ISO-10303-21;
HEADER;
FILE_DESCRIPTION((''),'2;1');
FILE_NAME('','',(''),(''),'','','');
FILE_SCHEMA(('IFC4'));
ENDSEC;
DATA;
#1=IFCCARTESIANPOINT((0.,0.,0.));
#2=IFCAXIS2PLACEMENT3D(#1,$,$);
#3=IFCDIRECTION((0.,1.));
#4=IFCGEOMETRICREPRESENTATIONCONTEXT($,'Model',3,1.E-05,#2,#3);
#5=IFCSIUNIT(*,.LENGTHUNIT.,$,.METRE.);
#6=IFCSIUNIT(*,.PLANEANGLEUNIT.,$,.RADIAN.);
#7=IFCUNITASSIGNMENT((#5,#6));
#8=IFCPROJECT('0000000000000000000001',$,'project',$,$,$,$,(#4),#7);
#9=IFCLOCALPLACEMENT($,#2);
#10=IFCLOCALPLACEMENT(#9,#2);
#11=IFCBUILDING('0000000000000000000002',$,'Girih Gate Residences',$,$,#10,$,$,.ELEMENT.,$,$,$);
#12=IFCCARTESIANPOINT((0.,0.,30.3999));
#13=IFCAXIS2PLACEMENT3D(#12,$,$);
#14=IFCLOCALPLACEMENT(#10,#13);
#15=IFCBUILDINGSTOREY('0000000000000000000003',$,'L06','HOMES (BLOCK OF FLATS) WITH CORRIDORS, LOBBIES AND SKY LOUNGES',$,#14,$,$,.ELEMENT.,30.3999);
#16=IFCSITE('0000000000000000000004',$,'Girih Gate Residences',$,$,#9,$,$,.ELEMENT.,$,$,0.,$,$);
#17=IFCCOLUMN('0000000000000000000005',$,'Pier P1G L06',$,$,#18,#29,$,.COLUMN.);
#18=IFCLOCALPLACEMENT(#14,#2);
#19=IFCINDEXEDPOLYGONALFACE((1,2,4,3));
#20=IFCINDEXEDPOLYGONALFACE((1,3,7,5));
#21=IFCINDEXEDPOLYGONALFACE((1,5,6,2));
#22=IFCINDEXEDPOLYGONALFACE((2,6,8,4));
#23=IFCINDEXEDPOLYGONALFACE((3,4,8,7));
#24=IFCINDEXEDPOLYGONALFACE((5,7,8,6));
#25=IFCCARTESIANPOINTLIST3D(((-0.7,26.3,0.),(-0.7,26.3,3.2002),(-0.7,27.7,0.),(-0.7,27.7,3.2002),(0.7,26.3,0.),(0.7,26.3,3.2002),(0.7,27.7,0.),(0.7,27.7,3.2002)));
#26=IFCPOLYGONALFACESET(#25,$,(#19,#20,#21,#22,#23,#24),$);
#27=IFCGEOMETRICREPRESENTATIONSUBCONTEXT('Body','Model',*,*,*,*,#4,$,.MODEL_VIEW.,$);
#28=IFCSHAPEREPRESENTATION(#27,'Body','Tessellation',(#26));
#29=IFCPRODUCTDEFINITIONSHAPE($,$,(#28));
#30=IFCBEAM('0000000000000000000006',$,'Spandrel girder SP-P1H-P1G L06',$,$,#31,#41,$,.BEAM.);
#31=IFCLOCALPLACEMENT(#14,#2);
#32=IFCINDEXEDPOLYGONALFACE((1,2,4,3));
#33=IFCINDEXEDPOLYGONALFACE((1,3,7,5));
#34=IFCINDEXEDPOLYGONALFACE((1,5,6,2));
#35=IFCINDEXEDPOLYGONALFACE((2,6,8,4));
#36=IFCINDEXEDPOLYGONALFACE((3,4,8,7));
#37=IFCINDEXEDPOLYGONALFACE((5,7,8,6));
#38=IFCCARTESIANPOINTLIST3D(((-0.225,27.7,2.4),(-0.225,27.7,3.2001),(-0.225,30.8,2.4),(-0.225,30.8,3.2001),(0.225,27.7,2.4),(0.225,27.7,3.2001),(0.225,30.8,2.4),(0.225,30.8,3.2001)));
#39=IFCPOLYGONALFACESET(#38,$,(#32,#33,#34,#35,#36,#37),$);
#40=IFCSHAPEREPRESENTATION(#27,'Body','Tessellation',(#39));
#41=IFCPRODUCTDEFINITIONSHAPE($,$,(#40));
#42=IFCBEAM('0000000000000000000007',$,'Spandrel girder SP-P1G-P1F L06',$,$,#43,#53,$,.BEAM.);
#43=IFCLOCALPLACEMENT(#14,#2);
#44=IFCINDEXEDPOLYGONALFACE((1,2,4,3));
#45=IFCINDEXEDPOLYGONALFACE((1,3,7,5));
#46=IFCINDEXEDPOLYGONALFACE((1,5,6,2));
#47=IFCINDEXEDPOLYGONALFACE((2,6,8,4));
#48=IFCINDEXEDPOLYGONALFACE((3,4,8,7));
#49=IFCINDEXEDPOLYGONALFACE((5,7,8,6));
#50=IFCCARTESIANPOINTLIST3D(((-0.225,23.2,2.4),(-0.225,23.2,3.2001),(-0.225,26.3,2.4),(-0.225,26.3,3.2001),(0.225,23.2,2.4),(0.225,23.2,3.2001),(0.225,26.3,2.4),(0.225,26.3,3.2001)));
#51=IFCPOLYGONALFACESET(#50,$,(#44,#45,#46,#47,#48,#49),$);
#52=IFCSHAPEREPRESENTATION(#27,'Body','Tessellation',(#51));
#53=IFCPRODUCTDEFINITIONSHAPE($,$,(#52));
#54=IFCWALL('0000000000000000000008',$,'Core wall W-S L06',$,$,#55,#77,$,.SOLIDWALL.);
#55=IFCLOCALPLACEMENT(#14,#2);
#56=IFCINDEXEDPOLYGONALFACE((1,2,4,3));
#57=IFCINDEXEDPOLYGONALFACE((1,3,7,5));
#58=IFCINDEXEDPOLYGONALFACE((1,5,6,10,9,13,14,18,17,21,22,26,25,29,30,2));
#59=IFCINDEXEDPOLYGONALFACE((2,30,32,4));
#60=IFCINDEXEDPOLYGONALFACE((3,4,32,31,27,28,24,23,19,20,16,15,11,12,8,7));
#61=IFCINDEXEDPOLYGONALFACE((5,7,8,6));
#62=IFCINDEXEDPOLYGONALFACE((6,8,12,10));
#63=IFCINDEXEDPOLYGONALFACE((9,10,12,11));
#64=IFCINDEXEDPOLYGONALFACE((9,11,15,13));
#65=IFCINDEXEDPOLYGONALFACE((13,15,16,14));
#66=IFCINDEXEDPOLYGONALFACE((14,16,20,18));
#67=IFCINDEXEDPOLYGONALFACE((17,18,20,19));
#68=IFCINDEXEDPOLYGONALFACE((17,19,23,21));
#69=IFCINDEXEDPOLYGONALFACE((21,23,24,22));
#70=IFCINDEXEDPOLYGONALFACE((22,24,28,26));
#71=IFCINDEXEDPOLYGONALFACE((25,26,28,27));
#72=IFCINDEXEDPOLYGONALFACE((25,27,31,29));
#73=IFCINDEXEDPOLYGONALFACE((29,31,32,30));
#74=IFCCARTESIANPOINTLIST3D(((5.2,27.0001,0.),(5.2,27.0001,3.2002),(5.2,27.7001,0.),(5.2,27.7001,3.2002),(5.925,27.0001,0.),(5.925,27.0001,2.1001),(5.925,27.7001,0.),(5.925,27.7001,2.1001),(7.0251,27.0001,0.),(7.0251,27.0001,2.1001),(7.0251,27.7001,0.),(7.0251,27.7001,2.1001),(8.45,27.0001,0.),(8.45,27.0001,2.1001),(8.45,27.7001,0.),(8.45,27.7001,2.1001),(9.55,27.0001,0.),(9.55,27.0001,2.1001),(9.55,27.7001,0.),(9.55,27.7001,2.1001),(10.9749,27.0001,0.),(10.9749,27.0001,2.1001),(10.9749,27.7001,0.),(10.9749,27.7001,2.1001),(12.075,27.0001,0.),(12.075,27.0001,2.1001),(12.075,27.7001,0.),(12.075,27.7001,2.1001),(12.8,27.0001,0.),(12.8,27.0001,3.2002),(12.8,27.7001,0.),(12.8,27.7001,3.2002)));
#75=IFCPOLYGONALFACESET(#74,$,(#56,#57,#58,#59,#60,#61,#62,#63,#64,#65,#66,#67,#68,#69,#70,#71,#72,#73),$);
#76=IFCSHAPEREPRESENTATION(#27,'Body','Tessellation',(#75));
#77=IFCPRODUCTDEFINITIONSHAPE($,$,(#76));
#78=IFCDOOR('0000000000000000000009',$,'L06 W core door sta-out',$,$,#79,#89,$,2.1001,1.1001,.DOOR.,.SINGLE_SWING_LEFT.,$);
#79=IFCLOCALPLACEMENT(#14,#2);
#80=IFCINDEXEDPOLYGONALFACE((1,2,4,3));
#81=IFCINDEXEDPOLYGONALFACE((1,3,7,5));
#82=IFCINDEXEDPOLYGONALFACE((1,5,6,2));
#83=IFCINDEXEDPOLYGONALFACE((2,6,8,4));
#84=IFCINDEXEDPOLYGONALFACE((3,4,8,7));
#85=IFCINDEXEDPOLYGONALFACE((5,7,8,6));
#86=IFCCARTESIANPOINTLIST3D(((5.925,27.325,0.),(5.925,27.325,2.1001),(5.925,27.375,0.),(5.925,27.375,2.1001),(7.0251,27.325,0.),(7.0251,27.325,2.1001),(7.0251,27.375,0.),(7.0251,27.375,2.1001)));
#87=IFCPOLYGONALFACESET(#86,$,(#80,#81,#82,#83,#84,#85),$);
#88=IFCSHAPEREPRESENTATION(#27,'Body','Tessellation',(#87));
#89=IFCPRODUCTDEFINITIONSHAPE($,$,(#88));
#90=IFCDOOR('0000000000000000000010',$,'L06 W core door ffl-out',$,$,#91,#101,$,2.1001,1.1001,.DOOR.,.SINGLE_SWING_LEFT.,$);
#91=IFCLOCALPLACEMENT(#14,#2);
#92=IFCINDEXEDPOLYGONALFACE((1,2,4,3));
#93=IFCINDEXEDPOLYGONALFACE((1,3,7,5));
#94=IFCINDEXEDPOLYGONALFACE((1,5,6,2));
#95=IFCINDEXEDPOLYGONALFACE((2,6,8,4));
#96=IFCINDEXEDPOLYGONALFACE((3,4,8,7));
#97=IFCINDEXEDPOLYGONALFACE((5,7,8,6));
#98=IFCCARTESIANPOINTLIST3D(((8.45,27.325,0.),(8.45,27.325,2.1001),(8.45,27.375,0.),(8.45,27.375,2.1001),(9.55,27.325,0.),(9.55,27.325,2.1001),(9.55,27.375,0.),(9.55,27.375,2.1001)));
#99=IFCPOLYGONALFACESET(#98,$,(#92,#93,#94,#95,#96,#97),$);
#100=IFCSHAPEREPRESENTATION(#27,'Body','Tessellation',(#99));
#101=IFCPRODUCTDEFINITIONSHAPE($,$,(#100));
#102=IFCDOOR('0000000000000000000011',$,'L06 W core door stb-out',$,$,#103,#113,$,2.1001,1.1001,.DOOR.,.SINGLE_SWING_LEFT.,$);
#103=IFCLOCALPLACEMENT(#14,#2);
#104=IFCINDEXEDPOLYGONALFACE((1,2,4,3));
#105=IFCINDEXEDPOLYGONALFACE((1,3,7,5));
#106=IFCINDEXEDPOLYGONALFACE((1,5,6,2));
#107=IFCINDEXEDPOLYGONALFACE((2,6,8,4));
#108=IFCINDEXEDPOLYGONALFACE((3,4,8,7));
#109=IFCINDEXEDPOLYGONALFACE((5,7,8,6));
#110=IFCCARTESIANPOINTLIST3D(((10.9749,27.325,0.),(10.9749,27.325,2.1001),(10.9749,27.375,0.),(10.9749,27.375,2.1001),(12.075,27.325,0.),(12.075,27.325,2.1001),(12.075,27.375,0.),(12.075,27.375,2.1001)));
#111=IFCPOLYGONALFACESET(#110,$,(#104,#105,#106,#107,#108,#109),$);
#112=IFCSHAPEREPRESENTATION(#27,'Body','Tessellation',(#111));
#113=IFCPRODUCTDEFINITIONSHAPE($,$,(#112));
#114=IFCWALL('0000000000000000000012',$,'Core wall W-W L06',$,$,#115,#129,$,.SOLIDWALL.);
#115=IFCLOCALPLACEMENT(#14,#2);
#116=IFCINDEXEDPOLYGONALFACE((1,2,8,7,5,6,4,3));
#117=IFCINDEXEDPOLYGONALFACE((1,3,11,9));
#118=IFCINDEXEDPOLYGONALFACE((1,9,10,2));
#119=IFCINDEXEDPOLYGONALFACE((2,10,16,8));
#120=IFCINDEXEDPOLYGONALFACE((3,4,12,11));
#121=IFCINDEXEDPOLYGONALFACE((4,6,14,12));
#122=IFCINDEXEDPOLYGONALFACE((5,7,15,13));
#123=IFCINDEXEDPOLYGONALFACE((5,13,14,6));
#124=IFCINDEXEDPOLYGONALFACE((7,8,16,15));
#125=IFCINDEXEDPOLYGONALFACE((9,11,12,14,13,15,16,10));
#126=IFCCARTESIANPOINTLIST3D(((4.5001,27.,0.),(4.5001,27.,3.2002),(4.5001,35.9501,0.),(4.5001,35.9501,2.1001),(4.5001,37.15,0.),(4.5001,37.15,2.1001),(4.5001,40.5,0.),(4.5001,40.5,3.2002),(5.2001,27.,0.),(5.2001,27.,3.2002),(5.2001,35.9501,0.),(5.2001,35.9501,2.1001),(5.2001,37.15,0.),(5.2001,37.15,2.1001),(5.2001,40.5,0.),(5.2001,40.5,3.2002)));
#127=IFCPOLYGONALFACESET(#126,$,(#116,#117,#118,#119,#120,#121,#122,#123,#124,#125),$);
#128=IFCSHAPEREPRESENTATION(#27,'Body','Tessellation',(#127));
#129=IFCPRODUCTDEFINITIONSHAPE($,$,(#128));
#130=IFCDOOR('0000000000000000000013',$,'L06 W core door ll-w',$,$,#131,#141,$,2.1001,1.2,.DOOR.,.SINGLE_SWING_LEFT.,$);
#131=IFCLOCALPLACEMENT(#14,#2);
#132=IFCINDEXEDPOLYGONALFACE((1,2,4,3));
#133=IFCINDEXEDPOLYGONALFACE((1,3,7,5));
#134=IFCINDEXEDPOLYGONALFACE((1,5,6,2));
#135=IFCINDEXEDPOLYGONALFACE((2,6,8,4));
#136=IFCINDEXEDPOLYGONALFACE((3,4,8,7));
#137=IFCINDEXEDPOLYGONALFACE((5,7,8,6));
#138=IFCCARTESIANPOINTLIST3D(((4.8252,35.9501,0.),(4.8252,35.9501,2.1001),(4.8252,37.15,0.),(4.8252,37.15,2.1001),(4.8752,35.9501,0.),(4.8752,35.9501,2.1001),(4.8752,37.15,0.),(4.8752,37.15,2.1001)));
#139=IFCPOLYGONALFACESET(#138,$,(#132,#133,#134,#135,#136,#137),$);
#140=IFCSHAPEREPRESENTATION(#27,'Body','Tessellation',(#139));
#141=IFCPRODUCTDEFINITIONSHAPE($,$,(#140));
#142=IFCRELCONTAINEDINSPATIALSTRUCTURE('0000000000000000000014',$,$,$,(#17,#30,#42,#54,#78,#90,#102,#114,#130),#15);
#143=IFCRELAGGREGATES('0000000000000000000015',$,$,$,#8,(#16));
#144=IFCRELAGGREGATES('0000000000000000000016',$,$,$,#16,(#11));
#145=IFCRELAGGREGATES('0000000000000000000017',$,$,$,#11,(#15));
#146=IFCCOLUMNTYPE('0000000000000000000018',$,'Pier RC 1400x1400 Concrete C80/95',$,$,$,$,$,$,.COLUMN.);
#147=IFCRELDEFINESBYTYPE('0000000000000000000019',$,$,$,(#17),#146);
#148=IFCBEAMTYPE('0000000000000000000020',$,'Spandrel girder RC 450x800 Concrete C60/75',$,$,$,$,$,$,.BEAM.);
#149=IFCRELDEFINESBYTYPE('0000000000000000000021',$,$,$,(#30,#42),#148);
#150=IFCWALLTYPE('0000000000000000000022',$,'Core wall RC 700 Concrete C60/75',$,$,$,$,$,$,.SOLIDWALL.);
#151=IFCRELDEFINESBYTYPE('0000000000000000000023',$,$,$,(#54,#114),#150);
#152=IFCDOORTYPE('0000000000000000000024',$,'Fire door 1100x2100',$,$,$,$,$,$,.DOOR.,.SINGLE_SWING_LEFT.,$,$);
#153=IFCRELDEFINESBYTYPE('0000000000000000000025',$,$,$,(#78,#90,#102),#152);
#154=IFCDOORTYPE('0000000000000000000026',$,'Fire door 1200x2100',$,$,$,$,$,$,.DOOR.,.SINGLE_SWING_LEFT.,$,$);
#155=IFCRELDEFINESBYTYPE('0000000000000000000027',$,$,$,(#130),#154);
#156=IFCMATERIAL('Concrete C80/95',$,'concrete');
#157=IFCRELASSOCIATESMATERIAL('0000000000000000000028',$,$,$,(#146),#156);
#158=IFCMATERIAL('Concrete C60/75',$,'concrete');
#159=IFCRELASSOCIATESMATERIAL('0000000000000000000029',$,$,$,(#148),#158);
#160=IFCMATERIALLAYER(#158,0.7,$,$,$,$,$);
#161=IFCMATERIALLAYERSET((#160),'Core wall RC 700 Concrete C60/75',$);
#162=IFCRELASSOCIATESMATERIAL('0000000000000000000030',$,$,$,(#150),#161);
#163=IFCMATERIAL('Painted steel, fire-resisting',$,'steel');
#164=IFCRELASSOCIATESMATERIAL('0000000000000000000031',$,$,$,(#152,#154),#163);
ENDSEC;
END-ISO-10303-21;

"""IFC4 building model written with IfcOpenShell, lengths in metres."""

from ifc_helpers import new_model, si_unit, direction, frame, frame_2d, origin, origin_2d, place, context, subcontext, project, spatial, rectangle, extrude, material, layer, layer_set, material_profile, profile_set, type_object, element, fill, save


model = new_model("IFC4")

# Units and contexts
model_context = context("Model", 3, precision=1e-05, world=origin(), true_north=direction((0.0, 1.0)))
body_context = subcontext(model_context, "Body", "Model", "MODEL_VIEW")
ifc_project = project(units=[si_unit("LENGTHUNIT", "METRE"), si_unit("PLANEANGLEUNIT", "RADIAN")], contexts=[model_context])

# Site, building, storey
site_placement = place(None, origin())
site = spatial("IfcSite", under=ifc_project, at=site_placement, Name="Girih Gate Residences", CompositionType="ELEMENT", RefElevation=0.0)
building_placement = place(site_placement, origin())
building = spatial("IfcBuilding", under=site, at=building_placement, Name="Girih Gate Residences", CompositionType="ELEMENT")
storey_placement = place(building_placement, frame((0.0, 0.0, 30.3999)))
storey = spatial("IfcBuildingStorey", under=building, at=storey_placement, Name="L06", Description="HOMES (BLOCK OF FLATS) WITH CORRIDORS, LOBBIES AND SKY LOUNGES", CompositionType="ELEMENT", Elevation=30.3999)

# Column
ifc_material_1 = material(Name="Concrete C80/95", Category="concrete")
ifc_material_profile_1 = material_profile(ifc_material_1, rectangle(XDim=1.3999, YDim=1.3999, at=origin_2d()))
ifc_profile_set_1 = profile_set([ifc_material_profile_1], Name="Concrete C80/95")
column_type = type_object("IfcColumnType", Name="Pier RC 1400x1400 Concrete C80/95", PredefinedType="COLUMN", material=ifc_profile_set_1)
column_placement = place(storey_placement, frame((0.0, 27.0, 0.0), z_axis=(0.0, 0.0, 1.0), x_axis=(1.0, 0.0, 0.0)))
element("IfcColumn", 1, at=column_placement, inside=storey, type_object=column_type, Name="Pier P1G L06", PredefinedType="COLUMN", context=body_context, shape_type="SweptSolid", body=[
    extrude(rectangle(XDim=1.3999, YDim=1.3999, at=origin_2d()), origin(), (0.0, 0.0, 1.0), 3.2002),
])

# Beams
ifc_material_2 = material(Name="Concrete C60/75", Category="concrete")
ifc_material_profile_2 = material_profile(ifc_material_2, rectangle(XDim=0.45, YDim=0.8, at=origin_2d()))
ifc_profile_set_2 = profile_set([ifc_material_profile_2], Name="Concrete C60/75")
beam_type = type_object("IfcBeamType", Name="Spandrel girder RC 450x800 Concrete C60/75", PredefinedType="BEAM", material=ifc_profile_set_2)
for number, where, z_axis, x_axis, name in (
    (2, (0.0, 30.8, 2.8), (0.0, -1.0, 0.0), (1.0, 0.0, 0.0), "Spandrel girder SP-P1H-P1G L06"),
    (3, (0.0, 26.3, 2.8), (0.0, -1.0, 0.0), (1.0, 0.0, 0.0), "Spandrel girder SP-P1G-P1F L06"),
):
    element("IfcBeam", number, at=place(storey_placement, frame(where, z_axis=z_axis, x_axis=x_axis)), inside=storey, type_object=beam_type, Name=name, PredefinedType="BEAM", context=body_context, shape_type="SweptSolid", body=[
        extrude(rectangle(XDim=0.45, YDim=0.8, at=origin_2d()), origin(), (0.0, 0.0, 1.0), 3.1001),
    ])

# Wall, openings, doors
ifc_layer_1 = layer(ifc_material_2, 0.7)
ifc_layer_set_1 = layer_set([ifc_layer_1], Name="Core wall RC 700 Concrete C60/75")
wall_type_1 = type_object("IfcWallType", Name="Core wall RC 700 Concrete C60/75", PredefinedType="SOLIDWALL", material=ifc_layer_set_1)
wall_1_placement = place(storey_placement, frame((5.2, 27.3501, 0.0), z_axis=(0.0, 0.0, 1.0), x_axis=(1.0, 0.0, 0.0)))
wall_1 = element("IfcWall", 4, at=wall_1_placement, inside=storey, type_object=wall_type_1, Name="Core wall W-S L06", PredefinedType="SOLIDWALL", context=body_context, shape_type="SweptSolid", body=[
    extrude(rectangle(XDim=7.6001, YDim=0.7, at=frame_2d((3.8, 0.0))), origin(), (0.0, 0.0, 1.0), 3.2002),
])
opening_1_placement = place(wall_1_placement, frame((0.7251, 0.0, 0.0)))
opening_1 = element("IfcOpeningElement", 5, at=opening_1_placement, cuts=wall_1, PredefinedType="OPENING", context=body_context, shape_type="SweptSolid", body=[
    extrude(rectangle(XDim=1.1001, YDim=2.1001, at=frame_2d((0.55, 1.05))), frame((0.0, 0.3599, 0.0), z_axis=(0.0, -1.0, 0.0), x_axis=(1.0, 0.0, 0.0)), (0.0, 0.0, 1.0), 0.72),
])
opening_2_placement = place(wall_1_placement, frame((3.25, 0.0, 0.0)))
opening_2 = element("IfcOpeningElement", 6, at=opening_2_placement, cuts=wall_1, PredefinedType="OPENING", context=body_context, shape_type="SweptSolid", body=[
    extrude(rectangle(XDim=1.1001, YDim=2.1001, at=frame_2d((0.55, 1.05))), frame((0.0, 0.3599, 0.0), z_axis=(0.0, -1.0, 0.0), x_axis=(1.0, 0.0, 0.0)), (0.0, 0.0, 1.0), 0.72),
])
opening_3_placement = place(wall_1_placement, frame((5.7749, 0.0, 0.0)))
opening_3 = element("IfcOpeningElement", 7, at=opening_3_placement, cuts=wall_1, PredefinedType="OPENING", context=body_context, shape_type="SweptSolid", body=[
    extrude(rectangle(XDim=1.1001, YDim=2.1001, at=frame_2d((0.55, 1.05))), frame((0.0, 0.3599, 0.0), z_axis=(0.0, -1.0, 0.0), x_axis=(1.0, 0.0, 0.0)), (0.0, 0.0, 1.0), 0.72),
])
ifc_material_3 = material(Name="Painted steel, fire-resisting", Category="steel")
door_type_1 = type_object("IfcDoorType", Name="Fire door 1100x2100", OperationType="SINGLE_SWING_LEFT", PredefinedType="DOOR", material=ifc_material_3)
door_1_placement = place(opening_1_placement, origin())
door_1 = element("IfcDoor", 8, at=door_1_placement, inside=storey, type_object=door_type_1, Name="L06 W core door sta-out", OperationType="SINGLE_SWING_LEFT", OverallHeight=2.1001, OverallWidth=1.1001, PredefinedType="DOOR", context=body_context, shape_type="SweptSolid", body=[
    extrude(rectangle(XDim=1.1001, YDim=2.1001, at=frame_2d((0.55, 1.05))), frame((0.0, 0.0249, 0.0), z_axis=(0.0, -1.0, 0.0), x_axis=(1.0, 0.0, 0.0)), (0.0, 0.0, 1.0), 0.05),
])
fill(opening_1, door_1)
door_2_placement = place(opening_2_placement, origin())
door_2 = element("IfcDoor", 9, at=door_2_placement, inside=storey, type_object=door_type_1, Name="L06 W core door ffl-out", OperationType="SINGLE_SWING_LEFT", OverallHeight=2.1001, OverallWidth=1.1001, PredefinedType="DOOR", context=body_context, shape_type="SweptSolid", body=[
    extrude(rectangle(XDim=1.1001, YDim=2.1001, at=frame_2d((0.55, 1.05))), frame((0.0, 0.0249, 0.0), z_axis=(0.0, -1.0, 0.0), x_axis=(1.0, 0.0, 0.0)), (0.0, 0.0, 1.0), 0.05),
])
fill(opening_2, door_2)
door_3_placement = place(opening_3_placement, origin())
door_3 = element("IfcDoor", 10, at=door_3_placement, inside=storey, type_object=door_type_1, Name="L06 W core door stb-out", OperationType="SINGLE_SWING_LEFT", OverallHeight=2.1001, OverallWidth=1.1001, PredefinedType="DOOR", context=body_context, shape_type="SweptSolid", body=[
    extrude(rectangle(XDim=1.1001, YDim=2.1001, at=frame_2d((0.55, 1.05))), frame((0.0, 0.0249, 0.0), z_axis=(0.0, -1.0, 0.0), x_axis=(1.0, 0.0, 0.0)), (0.0, 0.0, 1.0), 0.05),
])
fill(opening_3, door_3)

# Wall, opening, door
wall_2_placement = place(storey_placement, frame((4.8501, 27.0, 0.0), z_axis=(0.0, 0.0, 1.0), x_axis=(0.0, 1.0, 0.0)))
wall_2 = element("IfcWall", 11, at=wall_2_placement, inside=storey, type_object=wall_type_1, Name="Core wall W-W L06", PredefinedType="SOLIDWALL", context=body_context, shape_type="SweptSolid", body=[
    extrude(rectangle(XDim=13.5, YDim=0.7, at=frame_2d((6.75, 0.0))), origin(), (0.0, 0.0, 1.0), 3.2002),
])
opening_4_placement = place(wall_2_placement, frame((8.95, 0.0, 0.0)))
opening_4 = element("IfcOpeningElement", 12, at=opening_4_placement, cuts=wall_2, PredefinedType="OPENING", context=body_context, shape_type="SweptSolid", body=[
    extrude(rectangle(XDim=1.2, YDim=2.1001, at=frame_2d((0.6001, 1.05))), frame((0.0, 0.3599, 0.0), z_axis=(0.0, -1.0, 0.0), x_axis=(1.0, 0.0, 0.0)), (0.0, 0.0, 1.0), 0.72),
])
door_type_2 = type_object("IfcDoorType", Name="Fire door 1200x2100", OperationType="SINGLE_SWING_LEFT", PredefinedType="DOOR", material=ifc_material_3)
door_4_placement = place(opening_4_placement, origin())
door_4 = element("IfcDoor", 13, at=door_4_placement, inside=storey, type_object=door_type_2, Name="L06 W core door ll-w", OperationType="SINGLE_SWING_LEFT", OverallHeight=2.1001, OverallWidth=1.2, PredefinedType="DOOR", context=body_context, shape_type="SweptSolid", body=[
    extrude(rectangle(XDim=1.2, YDim=2.1001, at=frame_2d((0.6001, 1.05))), frame((0.0, 0.0249, 0.0), z_axis=(0.0, -1.0, 0.0), x_axis=(1.0, 0.0, 0.0)), (0.0, 0.0, 1.0), 0.05),
])
fill(opening_4, door_4)

save(model, "model.ifc")
